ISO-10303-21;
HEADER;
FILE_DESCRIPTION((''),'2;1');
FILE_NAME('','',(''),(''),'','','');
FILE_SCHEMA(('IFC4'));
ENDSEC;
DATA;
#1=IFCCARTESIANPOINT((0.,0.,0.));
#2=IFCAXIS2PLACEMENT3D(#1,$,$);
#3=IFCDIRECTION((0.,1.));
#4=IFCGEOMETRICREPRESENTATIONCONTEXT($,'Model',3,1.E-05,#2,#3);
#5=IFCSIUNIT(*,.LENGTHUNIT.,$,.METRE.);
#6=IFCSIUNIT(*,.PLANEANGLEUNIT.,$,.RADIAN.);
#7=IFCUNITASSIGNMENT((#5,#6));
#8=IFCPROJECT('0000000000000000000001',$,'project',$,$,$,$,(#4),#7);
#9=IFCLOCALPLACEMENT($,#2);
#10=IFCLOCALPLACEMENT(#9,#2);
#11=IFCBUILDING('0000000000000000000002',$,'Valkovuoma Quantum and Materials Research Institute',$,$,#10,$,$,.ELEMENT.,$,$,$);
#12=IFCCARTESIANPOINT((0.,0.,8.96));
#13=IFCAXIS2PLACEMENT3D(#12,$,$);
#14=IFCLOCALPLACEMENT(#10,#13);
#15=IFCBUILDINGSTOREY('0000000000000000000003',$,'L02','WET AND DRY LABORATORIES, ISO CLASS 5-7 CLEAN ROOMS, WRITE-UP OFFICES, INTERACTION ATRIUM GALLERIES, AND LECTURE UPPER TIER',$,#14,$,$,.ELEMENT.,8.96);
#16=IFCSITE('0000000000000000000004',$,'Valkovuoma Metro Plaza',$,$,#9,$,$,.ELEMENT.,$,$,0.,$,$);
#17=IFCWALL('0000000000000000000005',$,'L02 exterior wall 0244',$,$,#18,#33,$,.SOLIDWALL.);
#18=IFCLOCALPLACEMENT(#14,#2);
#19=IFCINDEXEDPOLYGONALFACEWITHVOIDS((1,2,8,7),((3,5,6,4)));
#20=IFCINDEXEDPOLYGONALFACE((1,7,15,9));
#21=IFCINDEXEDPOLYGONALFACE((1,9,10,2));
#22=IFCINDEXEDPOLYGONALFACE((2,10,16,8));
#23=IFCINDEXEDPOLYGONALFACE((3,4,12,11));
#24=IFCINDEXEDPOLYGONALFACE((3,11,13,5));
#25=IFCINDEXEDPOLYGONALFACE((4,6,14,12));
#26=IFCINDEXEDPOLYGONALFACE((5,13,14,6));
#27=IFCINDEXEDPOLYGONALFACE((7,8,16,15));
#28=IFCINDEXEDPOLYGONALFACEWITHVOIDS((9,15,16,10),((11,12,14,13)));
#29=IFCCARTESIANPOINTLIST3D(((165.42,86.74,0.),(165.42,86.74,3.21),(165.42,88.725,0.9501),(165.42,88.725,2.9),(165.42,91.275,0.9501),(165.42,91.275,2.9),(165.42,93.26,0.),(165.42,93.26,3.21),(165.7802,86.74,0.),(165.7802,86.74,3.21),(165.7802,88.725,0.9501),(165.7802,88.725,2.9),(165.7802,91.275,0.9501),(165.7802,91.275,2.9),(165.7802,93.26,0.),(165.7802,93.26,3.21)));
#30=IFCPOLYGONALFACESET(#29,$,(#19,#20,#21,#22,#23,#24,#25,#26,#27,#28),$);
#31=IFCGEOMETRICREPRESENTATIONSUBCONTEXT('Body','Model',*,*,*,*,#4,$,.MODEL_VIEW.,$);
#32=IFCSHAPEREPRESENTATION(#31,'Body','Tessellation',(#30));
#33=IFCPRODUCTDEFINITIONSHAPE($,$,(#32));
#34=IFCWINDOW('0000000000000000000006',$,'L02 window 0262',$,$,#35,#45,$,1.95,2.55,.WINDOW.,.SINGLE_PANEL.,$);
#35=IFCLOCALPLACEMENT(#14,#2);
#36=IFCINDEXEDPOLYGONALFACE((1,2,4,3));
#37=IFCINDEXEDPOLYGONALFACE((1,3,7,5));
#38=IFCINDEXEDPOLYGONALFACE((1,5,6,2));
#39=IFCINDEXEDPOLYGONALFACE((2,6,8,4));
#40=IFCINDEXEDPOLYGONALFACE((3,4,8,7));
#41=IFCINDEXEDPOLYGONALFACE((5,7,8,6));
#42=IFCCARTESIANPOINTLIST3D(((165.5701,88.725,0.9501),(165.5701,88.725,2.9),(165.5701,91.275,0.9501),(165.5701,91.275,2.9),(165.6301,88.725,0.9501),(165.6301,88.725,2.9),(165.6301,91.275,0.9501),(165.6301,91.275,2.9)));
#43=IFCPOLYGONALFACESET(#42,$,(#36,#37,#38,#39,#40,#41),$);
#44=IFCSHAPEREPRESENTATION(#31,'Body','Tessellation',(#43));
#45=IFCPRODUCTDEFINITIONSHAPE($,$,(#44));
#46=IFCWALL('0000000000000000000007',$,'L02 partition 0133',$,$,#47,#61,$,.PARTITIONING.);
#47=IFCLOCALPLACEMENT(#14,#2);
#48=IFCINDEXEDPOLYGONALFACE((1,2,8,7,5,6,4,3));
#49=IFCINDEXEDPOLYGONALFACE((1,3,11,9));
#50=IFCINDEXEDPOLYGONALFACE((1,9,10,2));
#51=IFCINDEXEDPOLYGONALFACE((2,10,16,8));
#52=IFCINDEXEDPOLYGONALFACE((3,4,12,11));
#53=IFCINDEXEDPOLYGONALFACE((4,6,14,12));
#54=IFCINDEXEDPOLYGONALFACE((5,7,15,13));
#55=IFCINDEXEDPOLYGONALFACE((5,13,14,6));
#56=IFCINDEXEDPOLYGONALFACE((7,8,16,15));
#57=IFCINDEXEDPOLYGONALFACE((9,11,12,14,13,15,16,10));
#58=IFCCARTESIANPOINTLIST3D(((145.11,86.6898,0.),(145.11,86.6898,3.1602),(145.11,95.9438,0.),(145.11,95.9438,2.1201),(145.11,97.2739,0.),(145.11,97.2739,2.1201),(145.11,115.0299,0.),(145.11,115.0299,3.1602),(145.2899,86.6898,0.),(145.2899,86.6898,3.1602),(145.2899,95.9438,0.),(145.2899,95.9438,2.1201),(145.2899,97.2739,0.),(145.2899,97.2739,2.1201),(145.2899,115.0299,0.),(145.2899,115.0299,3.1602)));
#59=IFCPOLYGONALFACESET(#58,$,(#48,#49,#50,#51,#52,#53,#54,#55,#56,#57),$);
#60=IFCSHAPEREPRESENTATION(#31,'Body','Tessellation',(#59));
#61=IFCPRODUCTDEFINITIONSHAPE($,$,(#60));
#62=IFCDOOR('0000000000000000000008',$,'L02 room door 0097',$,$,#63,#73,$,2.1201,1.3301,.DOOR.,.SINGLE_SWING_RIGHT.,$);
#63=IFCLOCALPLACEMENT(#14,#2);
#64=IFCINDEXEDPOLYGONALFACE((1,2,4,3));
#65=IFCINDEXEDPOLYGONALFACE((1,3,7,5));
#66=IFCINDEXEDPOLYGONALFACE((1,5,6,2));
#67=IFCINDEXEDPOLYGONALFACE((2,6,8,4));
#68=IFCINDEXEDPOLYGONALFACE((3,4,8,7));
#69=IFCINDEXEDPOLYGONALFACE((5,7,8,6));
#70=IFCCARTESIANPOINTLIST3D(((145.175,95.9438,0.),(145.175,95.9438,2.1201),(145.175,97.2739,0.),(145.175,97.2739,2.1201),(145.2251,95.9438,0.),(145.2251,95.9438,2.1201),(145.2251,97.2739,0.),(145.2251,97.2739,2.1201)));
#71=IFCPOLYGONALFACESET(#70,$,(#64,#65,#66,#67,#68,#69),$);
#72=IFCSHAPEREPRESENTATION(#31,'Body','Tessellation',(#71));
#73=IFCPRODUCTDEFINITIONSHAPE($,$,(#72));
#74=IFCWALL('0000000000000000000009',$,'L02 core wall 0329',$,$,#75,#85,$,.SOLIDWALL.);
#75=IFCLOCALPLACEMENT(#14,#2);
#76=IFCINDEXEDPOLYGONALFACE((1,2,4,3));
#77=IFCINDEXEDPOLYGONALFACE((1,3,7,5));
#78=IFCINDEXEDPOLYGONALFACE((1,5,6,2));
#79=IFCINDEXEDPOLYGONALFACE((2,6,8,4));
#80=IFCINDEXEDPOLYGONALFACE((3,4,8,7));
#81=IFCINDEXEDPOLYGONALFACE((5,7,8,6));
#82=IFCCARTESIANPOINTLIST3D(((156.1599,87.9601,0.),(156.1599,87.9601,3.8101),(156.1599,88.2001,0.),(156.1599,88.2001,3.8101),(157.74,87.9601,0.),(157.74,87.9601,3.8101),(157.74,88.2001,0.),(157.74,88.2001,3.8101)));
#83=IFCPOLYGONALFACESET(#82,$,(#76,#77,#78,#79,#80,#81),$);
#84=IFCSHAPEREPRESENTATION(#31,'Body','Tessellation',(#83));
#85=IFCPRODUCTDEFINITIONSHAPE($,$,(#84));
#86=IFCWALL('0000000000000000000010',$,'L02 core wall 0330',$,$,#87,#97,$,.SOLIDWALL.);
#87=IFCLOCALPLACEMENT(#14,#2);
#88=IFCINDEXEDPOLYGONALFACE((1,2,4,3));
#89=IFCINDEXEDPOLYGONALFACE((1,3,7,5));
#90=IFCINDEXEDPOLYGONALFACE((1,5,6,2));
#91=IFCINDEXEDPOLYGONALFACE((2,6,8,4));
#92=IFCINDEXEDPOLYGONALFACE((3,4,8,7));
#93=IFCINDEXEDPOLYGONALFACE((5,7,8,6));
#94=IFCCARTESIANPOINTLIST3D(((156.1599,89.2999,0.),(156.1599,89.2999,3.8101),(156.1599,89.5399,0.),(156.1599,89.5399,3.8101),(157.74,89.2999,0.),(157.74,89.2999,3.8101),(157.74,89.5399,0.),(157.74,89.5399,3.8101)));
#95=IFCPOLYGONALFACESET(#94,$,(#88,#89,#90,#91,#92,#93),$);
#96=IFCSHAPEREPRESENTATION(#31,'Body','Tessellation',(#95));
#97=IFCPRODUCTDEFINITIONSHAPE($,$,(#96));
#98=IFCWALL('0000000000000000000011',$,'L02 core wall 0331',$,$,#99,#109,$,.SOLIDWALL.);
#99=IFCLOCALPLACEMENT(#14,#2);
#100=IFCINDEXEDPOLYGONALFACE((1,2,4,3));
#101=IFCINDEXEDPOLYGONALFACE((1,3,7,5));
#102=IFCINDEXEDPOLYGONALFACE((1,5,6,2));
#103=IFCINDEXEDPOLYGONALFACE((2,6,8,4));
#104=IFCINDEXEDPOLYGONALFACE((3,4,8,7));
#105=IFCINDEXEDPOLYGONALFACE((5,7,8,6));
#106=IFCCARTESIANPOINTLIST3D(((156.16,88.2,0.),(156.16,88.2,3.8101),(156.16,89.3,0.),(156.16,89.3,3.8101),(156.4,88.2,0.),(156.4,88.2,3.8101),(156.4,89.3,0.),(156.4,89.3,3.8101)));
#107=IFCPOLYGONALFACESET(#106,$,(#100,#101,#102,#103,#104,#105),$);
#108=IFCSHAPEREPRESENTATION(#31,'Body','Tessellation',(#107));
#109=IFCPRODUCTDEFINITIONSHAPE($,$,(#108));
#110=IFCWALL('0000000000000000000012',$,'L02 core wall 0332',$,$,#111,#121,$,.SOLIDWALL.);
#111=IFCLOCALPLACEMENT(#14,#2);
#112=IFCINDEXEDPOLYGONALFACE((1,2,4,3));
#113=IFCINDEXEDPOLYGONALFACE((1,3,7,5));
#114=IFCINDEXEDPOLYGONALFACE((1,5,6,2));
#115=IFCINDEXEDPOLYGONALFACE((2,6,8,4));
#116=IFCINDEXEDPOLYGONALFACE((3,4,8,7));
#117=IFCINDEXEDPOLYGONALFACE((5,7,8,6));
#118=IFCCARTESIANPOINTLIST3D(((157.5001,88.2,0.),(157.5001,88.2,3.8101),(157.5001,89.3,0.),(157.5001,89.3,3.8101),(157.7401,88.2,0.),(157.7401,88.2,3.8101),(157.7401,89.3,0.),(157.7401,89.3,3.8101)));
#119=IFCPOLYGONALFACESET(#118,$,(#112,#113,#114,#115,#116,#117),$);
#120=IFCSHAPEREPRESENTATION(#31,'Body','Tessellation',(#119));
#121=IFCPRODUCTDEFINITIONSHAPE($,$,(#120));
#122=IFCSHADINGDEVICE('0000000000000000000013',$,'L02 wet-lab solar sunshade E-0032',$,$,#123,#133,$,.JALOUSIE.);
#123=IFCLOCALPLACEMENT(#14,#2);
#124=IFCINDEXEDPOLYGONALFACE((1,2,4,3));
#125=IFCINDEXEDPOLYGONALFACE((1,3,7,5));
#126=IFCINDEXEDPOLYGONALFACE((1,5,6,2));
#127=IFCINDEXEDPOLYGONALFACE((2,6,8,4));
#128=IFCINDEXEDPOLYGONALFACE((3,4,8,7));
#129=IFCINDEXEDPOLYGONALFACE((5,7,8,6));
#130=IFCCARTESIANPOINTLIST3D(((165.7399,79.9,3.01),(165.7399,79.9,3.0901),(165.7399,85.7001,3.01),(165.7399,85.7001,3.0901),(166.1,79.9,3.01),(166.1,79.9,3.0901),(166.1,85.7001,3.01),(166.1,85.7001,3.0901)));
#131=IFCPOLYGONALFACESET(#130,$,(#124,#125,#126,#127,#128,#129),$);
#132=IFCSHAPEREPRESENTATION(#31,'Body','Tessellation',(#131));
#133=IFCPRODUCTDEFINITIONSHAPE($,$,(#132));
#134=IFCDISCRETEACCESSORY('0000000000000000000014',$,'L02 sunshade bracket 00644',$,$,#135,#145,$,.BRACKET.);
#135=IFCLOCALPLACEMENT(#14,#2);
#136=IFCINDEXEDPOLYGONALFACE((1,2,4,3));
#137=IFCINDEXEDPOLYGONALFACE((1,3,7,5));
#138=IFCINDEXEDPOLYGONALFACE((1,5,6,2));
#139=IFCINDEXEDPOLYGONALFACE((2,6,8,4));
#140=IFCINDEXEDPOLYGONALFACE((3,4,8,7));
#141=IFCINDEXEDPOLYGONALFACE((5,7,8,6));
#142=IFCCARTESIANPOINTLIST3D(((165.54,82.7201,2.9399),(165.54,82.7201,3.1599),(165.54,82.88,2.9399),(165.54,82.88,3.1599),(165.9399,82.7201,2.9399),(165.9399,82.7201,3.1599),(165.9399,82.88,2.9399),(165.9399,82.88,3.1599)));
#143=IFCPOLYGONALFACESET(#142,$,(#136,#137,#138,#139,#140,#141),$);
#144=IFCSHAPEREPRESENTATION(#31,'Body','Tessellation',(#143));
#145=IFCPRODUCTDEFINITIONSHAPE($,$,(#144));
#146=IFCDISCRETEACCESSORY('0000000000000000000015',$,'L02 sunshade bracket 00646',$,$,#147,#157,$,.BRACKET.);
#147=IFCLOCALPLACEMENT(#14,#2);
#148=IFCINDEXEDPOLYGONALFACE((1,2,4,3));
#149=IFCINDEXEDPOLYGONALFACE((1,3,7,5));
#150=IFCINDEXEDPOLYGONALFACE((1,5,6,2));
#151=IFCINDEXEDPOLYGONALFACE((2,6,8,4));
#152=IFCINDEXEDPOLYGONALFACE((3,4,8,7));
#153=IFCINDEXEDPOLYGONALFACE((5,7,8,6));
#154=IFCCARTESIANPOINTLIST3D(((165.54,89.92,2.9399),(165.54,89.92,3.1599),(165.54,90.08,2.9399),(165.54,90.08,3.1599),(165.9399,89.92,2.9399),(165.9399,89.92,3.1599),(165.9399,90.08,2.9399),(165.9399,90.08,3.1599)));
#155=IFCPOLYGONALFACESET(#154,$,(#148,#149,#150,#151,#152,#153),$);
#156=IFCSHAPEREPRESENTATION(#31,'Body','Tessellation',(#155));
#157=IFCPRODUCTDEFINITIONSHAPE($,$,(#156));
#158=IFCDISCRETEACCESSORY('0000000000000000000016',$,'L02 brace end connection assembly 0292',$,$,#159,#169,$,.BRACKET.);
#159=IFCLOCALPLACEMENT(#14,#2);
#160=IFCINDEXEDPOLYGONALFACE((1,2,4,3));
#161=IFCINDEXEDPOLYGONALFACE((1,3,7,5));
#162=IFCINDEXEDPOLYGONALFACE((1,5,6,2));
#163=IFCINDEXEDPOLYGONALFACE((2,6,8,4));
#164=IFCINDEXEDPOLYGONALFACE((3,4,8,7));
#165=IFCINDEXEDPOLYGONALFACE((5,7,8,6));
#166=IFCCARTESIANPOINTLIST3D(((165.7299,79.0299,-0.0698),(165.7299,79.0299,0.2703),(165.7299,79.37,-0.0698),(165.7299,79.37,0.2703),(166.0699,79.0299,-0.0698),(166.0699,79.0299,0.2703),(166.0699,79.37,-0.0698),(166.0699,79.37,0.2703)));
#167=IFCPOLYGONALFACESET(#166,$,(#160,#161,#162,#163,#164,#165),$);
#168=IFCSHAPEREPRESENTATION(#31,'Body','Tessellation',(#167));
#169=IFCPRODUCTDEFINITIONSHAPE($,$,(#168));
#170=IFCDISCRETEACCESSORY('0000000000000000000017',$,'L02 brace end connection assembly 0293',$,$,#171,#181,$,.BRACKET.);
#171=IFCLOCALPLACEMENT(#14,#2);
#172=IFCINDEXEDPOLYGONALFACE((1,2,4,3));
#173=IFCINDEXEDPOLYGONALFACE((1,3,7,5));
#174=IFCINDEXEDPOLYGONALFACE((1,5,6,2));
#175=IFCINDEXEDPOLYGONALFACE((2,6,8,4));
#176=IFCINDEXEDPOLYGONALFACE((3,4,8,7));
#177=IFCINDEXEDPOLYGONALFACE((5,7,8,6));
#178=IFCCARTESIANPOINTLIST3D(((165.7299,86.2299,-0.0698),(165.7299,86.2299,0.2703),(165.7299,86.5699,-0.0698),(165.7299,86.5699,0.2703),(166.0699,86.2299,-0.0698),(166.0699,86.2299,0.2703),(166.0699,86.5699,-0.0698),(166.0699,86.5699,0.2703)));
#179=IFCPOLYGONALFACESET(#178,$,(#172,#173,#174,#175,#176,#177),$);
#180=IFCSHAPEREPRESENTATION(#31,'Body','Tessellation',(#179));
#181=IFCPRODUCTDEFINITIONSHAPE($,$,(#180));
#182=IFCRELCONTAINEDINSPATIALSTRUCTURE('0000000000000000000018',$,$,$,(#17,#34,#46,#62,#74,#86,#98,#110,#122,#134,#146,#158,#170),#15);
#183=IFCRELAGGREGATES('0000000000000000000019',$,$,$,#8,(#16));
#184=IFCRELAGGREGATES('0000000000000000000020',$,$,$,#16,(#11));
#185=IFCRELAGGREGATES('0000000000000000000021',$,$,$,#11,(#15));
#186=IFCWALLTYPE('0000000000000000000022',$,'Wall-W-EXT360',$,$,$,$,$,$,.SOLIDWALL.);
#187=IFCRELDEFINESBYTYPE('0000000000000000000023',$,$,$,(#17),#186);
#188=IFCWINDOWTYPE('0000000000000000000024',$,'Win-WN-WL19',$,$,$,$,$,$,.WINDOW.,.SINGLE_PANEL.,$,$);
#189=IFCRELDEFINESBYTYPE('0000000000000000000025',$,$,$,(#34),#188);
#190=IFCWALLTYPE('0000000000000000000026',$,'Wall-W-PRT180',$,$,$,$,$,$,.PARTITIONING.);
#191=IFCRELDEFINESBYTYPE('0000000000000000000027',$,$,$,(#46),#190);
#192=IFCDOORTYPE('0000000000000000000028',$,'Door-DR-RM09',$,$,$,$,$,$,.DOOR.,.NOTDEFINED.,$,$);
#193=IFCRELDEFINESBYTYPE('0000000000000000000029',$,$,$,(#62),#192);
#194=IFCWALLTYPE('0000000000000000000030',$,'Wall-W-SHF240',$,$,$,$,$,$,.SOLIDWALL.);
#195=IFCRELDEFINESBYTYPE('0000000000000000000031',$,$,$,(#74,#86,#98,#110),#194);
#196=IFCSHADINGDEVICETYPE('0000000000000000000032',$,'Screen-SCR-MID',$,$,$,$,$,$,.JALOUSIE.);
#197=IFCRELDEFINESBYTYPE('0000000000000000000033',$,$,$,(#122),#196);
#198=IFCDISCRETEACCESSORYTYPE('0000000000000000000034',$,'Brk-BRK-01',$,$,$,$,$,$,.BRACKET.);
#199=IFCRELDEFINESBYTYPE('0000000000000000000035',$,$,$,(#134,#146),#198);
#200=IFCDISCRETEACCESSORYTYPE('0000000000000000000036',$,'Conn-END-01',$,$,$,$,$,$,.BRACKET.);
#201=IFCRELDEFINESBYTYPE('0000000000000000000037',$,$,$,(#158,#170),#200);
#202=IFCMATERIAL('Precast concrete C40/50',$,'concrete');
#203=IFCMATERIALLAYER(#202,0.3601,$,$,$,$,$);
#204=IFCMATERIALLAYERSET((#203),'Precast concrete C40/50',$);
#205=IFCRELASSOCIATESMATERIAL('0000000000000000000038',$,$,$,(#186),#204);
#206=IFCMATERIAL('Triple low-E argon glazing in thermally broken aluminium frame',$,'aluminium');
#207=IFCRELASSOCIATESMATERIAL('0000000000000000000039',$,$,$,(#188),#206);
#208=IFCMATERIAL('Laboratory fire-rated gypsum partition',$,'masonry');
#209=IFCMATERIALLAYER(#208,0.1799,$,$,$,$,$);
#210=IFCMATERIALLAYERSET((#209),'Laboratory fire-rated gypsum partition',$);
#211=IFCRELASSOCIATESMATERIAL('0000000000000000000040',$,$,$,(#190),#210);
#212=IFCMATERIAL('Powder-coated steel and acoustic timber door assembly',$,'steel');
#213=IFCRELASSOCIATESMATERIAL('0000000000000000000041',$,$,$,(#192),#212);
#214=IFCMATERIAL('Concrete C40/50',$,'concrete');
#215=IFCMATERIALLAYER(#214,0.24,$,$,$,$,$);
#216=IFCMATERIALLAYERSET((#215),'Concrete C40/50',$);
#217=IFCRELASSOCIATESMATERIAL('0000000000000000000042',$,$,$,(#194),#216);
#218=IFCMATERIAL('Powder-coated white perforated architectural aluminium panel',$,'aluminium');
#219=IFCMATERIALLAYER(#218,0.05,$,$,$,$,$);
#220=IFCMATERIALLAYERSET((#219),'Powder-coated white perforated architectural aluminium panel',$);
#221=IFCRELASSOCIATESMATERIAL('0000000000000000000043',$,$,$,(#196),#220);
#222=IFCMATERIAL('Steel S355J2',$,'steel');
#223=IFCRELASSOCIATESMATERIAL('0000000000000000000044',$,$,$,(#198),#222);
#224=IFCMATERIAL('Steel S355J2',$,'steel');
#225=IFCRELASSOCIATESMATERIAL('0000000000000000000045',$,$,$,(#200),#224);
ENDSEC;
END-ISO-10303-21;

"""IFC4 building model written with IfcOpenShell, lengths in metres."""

from ifc_helpers import new_model, si_unit, direction, frame, frame_2d, origin, origin_2d, place, context, subcontext, project, spatial, rectangle, extrude, material, layer, layer_set, type_object, element, fill, save


model = new_model("IFC4")

# Units and contexts
model_context = context("Model", 3, precision=1e-05, world=origin(), true_north=direction((0.0, 1.0)))
body_context = subcontext(model_context, "Body", "Model", "MODEL_VIEW")
ifc_project = project(units=[si_unit("LENGTHUNIT", "METRE"), si_unit("PLANEANGLEUNIT", "RADIAN")], contexts=[model_context])

# Site, building, storey
site_placement = place(None, origin())
site = spatial("IfcSite", under=ifc_project, at=site_placement, Name="Valkovuoma Metro Plaza", CompositionType="ELEMENT", RefElevation=0.0)
building_placement = place(site_placement, origin())
building = spatial("IfcBuilding", under=site, at=building_placement, Name="Valkovuoma Quantum and Materials Research Institute", CompositionType="ELEMENT")
storey_placement = place(building_placement, frame((0.0, 0.0, 8.96)))
storey = spatial("IfcBuildingStorey", under=building, at=storey_placement, Name="L02", Description="WET AND DRY LABORATORIES, ISO CLASS 5-7 CLEAN ROOMS, WRITE-UP OFFICES, INTERACTION ATRIUM GALLERIES, AND LECTURE UPPER TIER", CompositionType="ELEMENT", Elevation=8.96)

# Shared definitions
ifc_material_1 = material(Name="Precast concrete C40/50", Category="concrete")
ifc_layer_1 = layer(ifc_material_1, 0.3601)
ifc_layer_set_1 = layer_set([ifc_layer_1], Name="Precast concrete C40/50")
wall_type_1 = type_object("IfcWallType", Name="Wall-W-EXT360", PredefinedType="SOLIDWALL", material=ifc_layer_set_1)

# Wall, opening, window
wall_1_placement = place(storey_placement, frame((165.6001, 86.74, 0.0), z_axis=(0.0, 0.0, 1.0), x_axis=(0.0, 1.0, 0.0)))
wall_1 = element("IfcWall", 1, at=wall_1_placement, inside=storey, type_object=wall_type_1, Name="L02 exterior wall 0244", PredefinedType="SOLIDWALL", context=body_context, shape_type="SweptSolid", body=[
    extrude(rectangle(XDim=6.52, YDim=0.3601, at=frame_2d((3.26, 0.0))), origin(), (0.0, 0.0, 1.0), 3.21),
])
opening_1_placement = place(wall_1_placement, frame((1.9851, 0.0, 0.95)))
opening_1 = element("IfcOpeningElement", 2, at=opening_1_placement, cuts=wall_1, PredefinedType="OPENING", context=body_context, shape_type="SweptSolid", body=[
    extrude(rectangle(XDim=2.55, YDim=1.95, at=frame_2d((1.2749, 0.9751))), frame((0.0, 0.1899, 0.0), z_axis=(0.0, -1.0, 0.0), x_axis=(1.0, 0.0, 0.0)), (0.0, 0.0, 1.0), 0.3801),
])
ifc_material_2 = material(Name="Triple low-E argon glazing in thermally broken aluminium frame", Category="aluminium")
window_type = type_object("IfcWindowType", Name="Win-WN-WL19", PartitioningType="SINGLE_PANEL", PredefinedType="WINDOW", material=ifc_material_2)
window_placement = place(opening_1_placement, origin())
window = element("IfcWindow", 3, at=window_placement, inside=storey, type_object=window_type, Name="L02 window 0262", OverallHeight=1.95, OverallWidth=2.55, PartitioningType="SINGLE_PANEL", PredefinedType="WINDOW", context=body_context, shape_type="SweptSolid", body=[
    extrude(rectangle(XDim=2.55, YDim=1.95, at=frame_2d((1.2749, 0.9751))), frame((0.0, 0.03, 0.0), z_axis=(0.0, -1.0, 0.0), x_axis=(1.0, 0.0, 0.0)), (0.0, 0.0, 1.0), 0.0601),
])
fill(opening_1, window)

# Wall, opening, door
ifc_material_3 = material(Name="Laboratory fire-rated gypsum partition", Category="masonry")
ifc_layer_2 = layer(ifc_material_3, 0.1799)
ifc_layer_set_2 = layer_set([ifc_layer_2], Name="Laboratory fire-rated gypsum partition")
wall_type_2 = type_object("IfcWallType", Name="Wall-W-PRT180", PredefinedType="PARTITIONING", material=ifc_layer_set_2)
wall_2_placement = place(storey_placement, frame((145.2, 86.6899, 0.0), z_axis=(0.0, 0.0, 1.0), x_axis=(0.0, 1.0, 0.0)))
wall_2 = element("IfcWall", 4, at=wall_2_placement, inside=storey, type_object=wall_type_2, Name="L02 partition 0133", PredefinedType="PARTITIONING", context=body_context, shape_type="SweptSolid", body=[
    extrude(rectangle(XDim=28.3401, YDim=0.1799, at=frame_2d((14.1699, 0.0))), origin(), (0.0, 0.0, 1.0), 3.1602),
])
opening_2_placement = place(wall_2_placement, frame((9.2539, 0.0, 0.0)))
opening_2 = element("IfcOpeningElement", 5, at=opening_2_placement, cuts=wall_2, PredefinedType="OPENING", context=body_context, shape_type="SweptSolid", body=[
    extrude(rectangle(XDim=1.3301, YDim=2.1201, at=frame_2d((0.665, 1.0601))), frame((0.0, 0.1001, 0.0), z_axis=(0.0, -1.0, 0.0), x_axis=(1.0, 0.0, 0.0)), (0.0, 0.0, 1.0), 0.2),
])
ifc_material_4 = material(Name="Powder-coated steel and acoustic timber door assembly", Category="steel")
door_type = type_object("IfcDoorType", Name="Door-DR-RM09", OperationType="NOTDEFINED", PredefinedType="DOOR", material=ifc_material_4)
door_placement = place(opening_2_placement, origin())
door = element("IfcDoor", 6, at=door_placement, inside=storey, type_object=door_type, Name="L02 room door 0097", OperationType="SINGLE_SWING_RIGHT", OverallHeight=2.1201, OverallWidth=1.3301, PredefinedType="DOOR", context=body_context, shape_type="SweptSolid", body=[
    extrude(rectangle(XDim=1.3301, YDim=2.1201, at=frame_2d((0.665, 1.0601))), frame((0.0, 0.0249, 0.0), z_axis=(0.0, -1.0, 0.0), x_axis=(1.0, 0.0, 0.0)), (0.0, 0.0, 1.0), 0.05),
])
fill(opening_2, door)

# Walls
ifc_material_5 = material(Name="Concrete C40/50", Category="concrete")
ifc_layer_3 = layer(ifc_material_5, 0.24)
ifc_layer_set_3 = layer_set([ifc_layer_3], Name="Concrete C40/50")
wall_type_3 = type_object("IfcWallType", Name="Wall-W-SHF240", PredefinedType="SOLIDWALL", material=ifc_layer_set_3)
for number, where, z_axis, x_axis, name in (
    (7, (156.1599, 88.0801, 0.0), (0.0, 0.0, 1.0), (1.0, 0.0, 0.0), "L02 core wall 0329"),
    (8, (156.1599, 89.4199, 0.0), (0.0, 0.0, 1.0), (1.0, 0.0, 0.0), "L02 core wall 0330"),
):
    element("IfcWall", number, at=place(storey_placement, frame(where, z_axis=z_axis, x_axis=x_axis)), inside=storey, type_object=wall_type_3, Name=name, PredefinedType="SOLIDWALL", context=body_context, shape_type="SweptSolid", body=[
        extrude(rectangle(XDim=1.5801, YDim=0.24, at=frame_2d((0.79, 0.0))), origin(), (0.0, 0.0, 1.0), 3.8101),
    ])
for number, where, z_axis, x_axis, name in (
    (9, (156.28, 88.2, 0.0), (0.0, 0.0, 1.0), (0.0, 1.0, 0.0), "L02 core wall 0331"),
    (10, (157.6201, 88.2, 0.0), (0.0, 0.0, 1.0), (0.0, 1.0, 0.0), "L02 core wall 0332"),
):
    element("IfcWall", number, at=place(storey_placement, frame(where, z_axis=z_axis, x_axis=x_axis)), inside=storey, type_object=wall_type_3, Name=name, PredefinedType="SOLIDWALL", context=body_context, shape_type="SweptSolid", body=[
        extrude(rectangle(XDim=1.1001, YDim=0.24, at=frame_2d((0.55, 0.0))), origin(), (0.0, 0.0, 1.0), 3.8101),
    ])

# Shading device
ifc_material_6 = material(Name="Powder-coated white perforated architectural aluminium panel", Category="aluminium")
ifc_layer_4 = layer(ifc_material_6, 0.05)
ifc_layer_set_4 = layer_set([ifc_layer_4], Name="Powder-coated white perforated architectural aluminium panel")
shading_device_type = type_object("IfcShadingDeviceType", Name="Screen-SCR-MID", PredefinedType="JALOUSIE", material=ifc_layer_set_4)
shading_device_placement = place(storey_placement, frame((165.9199, 82.8, 3.01), z_axis=(0.0, 0.0, 1.0), x_axis=(1.0, 0.0, 0.0)))
element("IfcShadingDevice", 11, at=shading_device_placement, inside=storey, type_object=shading_device_type, Name="L02 wet-lab solar sunshade E-0032", PredefinedType="JALOUSIE", context=body_context, shape_type="SweptSolid", body=[
    extrude(rectangle(XDim=0.3601, YDim=5.8, at=origin_2d()), origin(), (0.0, 0.0, 1.0), 0.0801),
])

# Discrete accessories
ifc_material_7 = material(Name="Steel S355J2", Category="steel")
discrete_accessory_type_1 = type_object("IfcDiscreteAccessoryType", Name="Brk-BRK-01", PredefinedType="BRACKET", material=ifc_material_7)
for number, where, z_axis, x_axis, name in (
    (12, (165.74, 82.8, 2.9399), (0.0, 0.0, 1.0), (1.0, 0.0, 0.0), "L02 sunshade bracket 00644"),
    (13, (165.74, 90.0, 2.9399), (0.0, 0.0, 1.0), (1.0, 0.0, 0.0), "L02 sunshade bracket 00646"),
):
    element("IfcDiscreteAccessory", number, at=place(storey_placement, frame(where, z_axis=z_axis, x_axis=x_axis)), inside=storey, type_object=discrete_accessory_type_1, Name=name, PredefinedType="BRACKET", context=body_context, shape_type="SweptSolid", body=[
        extrude(rectangle(XDim=0.3999, YDim=0.1599, at=origin_2d()), origin(), (0.0, 0.0, 1.0), 0.22),
    ])
ifc_material_8 = material(Name="Steel S355J2", Category="steel")
discrete_accessory_type_2 = type_object("IfcDiscreteAccessoryType", Name="Conn-END-01", PredefinedType="BRACKET", material=ifc_material_8)
for number, where, z_axis, x_axis, name in (
    (14, (165.8999, 79.2, -0.0698), (0.0, 0.0, 1.0), (1.0, 0.0, 0.0), "L02 brace end connection assembly 0292"),
    (15, (165.8999, 86.3999, -0.0698), (0.0, 0.0, 1.0), (1.0, 0.0, 0.0), "L02 brace end connection assembly 0293"),
):
    element("IfcDiscreteAccessory", number, at=place(storey_placement, frame(where, z_axis=z_axis, x_axis=x_axis)), inside=storey, type_object=discrete_accessory_type_2, Name=name, PredefinedType="BRACKET", context=body_context, shape_type="SweptSolid", body=[
        extrude(rectangle(XDim=0.3401, YDim=0.3401, at=origin_2d()), origin(), (0.0, 0.0, 1.0), 0.3401),
    ])

save(model, "model.ifc")
